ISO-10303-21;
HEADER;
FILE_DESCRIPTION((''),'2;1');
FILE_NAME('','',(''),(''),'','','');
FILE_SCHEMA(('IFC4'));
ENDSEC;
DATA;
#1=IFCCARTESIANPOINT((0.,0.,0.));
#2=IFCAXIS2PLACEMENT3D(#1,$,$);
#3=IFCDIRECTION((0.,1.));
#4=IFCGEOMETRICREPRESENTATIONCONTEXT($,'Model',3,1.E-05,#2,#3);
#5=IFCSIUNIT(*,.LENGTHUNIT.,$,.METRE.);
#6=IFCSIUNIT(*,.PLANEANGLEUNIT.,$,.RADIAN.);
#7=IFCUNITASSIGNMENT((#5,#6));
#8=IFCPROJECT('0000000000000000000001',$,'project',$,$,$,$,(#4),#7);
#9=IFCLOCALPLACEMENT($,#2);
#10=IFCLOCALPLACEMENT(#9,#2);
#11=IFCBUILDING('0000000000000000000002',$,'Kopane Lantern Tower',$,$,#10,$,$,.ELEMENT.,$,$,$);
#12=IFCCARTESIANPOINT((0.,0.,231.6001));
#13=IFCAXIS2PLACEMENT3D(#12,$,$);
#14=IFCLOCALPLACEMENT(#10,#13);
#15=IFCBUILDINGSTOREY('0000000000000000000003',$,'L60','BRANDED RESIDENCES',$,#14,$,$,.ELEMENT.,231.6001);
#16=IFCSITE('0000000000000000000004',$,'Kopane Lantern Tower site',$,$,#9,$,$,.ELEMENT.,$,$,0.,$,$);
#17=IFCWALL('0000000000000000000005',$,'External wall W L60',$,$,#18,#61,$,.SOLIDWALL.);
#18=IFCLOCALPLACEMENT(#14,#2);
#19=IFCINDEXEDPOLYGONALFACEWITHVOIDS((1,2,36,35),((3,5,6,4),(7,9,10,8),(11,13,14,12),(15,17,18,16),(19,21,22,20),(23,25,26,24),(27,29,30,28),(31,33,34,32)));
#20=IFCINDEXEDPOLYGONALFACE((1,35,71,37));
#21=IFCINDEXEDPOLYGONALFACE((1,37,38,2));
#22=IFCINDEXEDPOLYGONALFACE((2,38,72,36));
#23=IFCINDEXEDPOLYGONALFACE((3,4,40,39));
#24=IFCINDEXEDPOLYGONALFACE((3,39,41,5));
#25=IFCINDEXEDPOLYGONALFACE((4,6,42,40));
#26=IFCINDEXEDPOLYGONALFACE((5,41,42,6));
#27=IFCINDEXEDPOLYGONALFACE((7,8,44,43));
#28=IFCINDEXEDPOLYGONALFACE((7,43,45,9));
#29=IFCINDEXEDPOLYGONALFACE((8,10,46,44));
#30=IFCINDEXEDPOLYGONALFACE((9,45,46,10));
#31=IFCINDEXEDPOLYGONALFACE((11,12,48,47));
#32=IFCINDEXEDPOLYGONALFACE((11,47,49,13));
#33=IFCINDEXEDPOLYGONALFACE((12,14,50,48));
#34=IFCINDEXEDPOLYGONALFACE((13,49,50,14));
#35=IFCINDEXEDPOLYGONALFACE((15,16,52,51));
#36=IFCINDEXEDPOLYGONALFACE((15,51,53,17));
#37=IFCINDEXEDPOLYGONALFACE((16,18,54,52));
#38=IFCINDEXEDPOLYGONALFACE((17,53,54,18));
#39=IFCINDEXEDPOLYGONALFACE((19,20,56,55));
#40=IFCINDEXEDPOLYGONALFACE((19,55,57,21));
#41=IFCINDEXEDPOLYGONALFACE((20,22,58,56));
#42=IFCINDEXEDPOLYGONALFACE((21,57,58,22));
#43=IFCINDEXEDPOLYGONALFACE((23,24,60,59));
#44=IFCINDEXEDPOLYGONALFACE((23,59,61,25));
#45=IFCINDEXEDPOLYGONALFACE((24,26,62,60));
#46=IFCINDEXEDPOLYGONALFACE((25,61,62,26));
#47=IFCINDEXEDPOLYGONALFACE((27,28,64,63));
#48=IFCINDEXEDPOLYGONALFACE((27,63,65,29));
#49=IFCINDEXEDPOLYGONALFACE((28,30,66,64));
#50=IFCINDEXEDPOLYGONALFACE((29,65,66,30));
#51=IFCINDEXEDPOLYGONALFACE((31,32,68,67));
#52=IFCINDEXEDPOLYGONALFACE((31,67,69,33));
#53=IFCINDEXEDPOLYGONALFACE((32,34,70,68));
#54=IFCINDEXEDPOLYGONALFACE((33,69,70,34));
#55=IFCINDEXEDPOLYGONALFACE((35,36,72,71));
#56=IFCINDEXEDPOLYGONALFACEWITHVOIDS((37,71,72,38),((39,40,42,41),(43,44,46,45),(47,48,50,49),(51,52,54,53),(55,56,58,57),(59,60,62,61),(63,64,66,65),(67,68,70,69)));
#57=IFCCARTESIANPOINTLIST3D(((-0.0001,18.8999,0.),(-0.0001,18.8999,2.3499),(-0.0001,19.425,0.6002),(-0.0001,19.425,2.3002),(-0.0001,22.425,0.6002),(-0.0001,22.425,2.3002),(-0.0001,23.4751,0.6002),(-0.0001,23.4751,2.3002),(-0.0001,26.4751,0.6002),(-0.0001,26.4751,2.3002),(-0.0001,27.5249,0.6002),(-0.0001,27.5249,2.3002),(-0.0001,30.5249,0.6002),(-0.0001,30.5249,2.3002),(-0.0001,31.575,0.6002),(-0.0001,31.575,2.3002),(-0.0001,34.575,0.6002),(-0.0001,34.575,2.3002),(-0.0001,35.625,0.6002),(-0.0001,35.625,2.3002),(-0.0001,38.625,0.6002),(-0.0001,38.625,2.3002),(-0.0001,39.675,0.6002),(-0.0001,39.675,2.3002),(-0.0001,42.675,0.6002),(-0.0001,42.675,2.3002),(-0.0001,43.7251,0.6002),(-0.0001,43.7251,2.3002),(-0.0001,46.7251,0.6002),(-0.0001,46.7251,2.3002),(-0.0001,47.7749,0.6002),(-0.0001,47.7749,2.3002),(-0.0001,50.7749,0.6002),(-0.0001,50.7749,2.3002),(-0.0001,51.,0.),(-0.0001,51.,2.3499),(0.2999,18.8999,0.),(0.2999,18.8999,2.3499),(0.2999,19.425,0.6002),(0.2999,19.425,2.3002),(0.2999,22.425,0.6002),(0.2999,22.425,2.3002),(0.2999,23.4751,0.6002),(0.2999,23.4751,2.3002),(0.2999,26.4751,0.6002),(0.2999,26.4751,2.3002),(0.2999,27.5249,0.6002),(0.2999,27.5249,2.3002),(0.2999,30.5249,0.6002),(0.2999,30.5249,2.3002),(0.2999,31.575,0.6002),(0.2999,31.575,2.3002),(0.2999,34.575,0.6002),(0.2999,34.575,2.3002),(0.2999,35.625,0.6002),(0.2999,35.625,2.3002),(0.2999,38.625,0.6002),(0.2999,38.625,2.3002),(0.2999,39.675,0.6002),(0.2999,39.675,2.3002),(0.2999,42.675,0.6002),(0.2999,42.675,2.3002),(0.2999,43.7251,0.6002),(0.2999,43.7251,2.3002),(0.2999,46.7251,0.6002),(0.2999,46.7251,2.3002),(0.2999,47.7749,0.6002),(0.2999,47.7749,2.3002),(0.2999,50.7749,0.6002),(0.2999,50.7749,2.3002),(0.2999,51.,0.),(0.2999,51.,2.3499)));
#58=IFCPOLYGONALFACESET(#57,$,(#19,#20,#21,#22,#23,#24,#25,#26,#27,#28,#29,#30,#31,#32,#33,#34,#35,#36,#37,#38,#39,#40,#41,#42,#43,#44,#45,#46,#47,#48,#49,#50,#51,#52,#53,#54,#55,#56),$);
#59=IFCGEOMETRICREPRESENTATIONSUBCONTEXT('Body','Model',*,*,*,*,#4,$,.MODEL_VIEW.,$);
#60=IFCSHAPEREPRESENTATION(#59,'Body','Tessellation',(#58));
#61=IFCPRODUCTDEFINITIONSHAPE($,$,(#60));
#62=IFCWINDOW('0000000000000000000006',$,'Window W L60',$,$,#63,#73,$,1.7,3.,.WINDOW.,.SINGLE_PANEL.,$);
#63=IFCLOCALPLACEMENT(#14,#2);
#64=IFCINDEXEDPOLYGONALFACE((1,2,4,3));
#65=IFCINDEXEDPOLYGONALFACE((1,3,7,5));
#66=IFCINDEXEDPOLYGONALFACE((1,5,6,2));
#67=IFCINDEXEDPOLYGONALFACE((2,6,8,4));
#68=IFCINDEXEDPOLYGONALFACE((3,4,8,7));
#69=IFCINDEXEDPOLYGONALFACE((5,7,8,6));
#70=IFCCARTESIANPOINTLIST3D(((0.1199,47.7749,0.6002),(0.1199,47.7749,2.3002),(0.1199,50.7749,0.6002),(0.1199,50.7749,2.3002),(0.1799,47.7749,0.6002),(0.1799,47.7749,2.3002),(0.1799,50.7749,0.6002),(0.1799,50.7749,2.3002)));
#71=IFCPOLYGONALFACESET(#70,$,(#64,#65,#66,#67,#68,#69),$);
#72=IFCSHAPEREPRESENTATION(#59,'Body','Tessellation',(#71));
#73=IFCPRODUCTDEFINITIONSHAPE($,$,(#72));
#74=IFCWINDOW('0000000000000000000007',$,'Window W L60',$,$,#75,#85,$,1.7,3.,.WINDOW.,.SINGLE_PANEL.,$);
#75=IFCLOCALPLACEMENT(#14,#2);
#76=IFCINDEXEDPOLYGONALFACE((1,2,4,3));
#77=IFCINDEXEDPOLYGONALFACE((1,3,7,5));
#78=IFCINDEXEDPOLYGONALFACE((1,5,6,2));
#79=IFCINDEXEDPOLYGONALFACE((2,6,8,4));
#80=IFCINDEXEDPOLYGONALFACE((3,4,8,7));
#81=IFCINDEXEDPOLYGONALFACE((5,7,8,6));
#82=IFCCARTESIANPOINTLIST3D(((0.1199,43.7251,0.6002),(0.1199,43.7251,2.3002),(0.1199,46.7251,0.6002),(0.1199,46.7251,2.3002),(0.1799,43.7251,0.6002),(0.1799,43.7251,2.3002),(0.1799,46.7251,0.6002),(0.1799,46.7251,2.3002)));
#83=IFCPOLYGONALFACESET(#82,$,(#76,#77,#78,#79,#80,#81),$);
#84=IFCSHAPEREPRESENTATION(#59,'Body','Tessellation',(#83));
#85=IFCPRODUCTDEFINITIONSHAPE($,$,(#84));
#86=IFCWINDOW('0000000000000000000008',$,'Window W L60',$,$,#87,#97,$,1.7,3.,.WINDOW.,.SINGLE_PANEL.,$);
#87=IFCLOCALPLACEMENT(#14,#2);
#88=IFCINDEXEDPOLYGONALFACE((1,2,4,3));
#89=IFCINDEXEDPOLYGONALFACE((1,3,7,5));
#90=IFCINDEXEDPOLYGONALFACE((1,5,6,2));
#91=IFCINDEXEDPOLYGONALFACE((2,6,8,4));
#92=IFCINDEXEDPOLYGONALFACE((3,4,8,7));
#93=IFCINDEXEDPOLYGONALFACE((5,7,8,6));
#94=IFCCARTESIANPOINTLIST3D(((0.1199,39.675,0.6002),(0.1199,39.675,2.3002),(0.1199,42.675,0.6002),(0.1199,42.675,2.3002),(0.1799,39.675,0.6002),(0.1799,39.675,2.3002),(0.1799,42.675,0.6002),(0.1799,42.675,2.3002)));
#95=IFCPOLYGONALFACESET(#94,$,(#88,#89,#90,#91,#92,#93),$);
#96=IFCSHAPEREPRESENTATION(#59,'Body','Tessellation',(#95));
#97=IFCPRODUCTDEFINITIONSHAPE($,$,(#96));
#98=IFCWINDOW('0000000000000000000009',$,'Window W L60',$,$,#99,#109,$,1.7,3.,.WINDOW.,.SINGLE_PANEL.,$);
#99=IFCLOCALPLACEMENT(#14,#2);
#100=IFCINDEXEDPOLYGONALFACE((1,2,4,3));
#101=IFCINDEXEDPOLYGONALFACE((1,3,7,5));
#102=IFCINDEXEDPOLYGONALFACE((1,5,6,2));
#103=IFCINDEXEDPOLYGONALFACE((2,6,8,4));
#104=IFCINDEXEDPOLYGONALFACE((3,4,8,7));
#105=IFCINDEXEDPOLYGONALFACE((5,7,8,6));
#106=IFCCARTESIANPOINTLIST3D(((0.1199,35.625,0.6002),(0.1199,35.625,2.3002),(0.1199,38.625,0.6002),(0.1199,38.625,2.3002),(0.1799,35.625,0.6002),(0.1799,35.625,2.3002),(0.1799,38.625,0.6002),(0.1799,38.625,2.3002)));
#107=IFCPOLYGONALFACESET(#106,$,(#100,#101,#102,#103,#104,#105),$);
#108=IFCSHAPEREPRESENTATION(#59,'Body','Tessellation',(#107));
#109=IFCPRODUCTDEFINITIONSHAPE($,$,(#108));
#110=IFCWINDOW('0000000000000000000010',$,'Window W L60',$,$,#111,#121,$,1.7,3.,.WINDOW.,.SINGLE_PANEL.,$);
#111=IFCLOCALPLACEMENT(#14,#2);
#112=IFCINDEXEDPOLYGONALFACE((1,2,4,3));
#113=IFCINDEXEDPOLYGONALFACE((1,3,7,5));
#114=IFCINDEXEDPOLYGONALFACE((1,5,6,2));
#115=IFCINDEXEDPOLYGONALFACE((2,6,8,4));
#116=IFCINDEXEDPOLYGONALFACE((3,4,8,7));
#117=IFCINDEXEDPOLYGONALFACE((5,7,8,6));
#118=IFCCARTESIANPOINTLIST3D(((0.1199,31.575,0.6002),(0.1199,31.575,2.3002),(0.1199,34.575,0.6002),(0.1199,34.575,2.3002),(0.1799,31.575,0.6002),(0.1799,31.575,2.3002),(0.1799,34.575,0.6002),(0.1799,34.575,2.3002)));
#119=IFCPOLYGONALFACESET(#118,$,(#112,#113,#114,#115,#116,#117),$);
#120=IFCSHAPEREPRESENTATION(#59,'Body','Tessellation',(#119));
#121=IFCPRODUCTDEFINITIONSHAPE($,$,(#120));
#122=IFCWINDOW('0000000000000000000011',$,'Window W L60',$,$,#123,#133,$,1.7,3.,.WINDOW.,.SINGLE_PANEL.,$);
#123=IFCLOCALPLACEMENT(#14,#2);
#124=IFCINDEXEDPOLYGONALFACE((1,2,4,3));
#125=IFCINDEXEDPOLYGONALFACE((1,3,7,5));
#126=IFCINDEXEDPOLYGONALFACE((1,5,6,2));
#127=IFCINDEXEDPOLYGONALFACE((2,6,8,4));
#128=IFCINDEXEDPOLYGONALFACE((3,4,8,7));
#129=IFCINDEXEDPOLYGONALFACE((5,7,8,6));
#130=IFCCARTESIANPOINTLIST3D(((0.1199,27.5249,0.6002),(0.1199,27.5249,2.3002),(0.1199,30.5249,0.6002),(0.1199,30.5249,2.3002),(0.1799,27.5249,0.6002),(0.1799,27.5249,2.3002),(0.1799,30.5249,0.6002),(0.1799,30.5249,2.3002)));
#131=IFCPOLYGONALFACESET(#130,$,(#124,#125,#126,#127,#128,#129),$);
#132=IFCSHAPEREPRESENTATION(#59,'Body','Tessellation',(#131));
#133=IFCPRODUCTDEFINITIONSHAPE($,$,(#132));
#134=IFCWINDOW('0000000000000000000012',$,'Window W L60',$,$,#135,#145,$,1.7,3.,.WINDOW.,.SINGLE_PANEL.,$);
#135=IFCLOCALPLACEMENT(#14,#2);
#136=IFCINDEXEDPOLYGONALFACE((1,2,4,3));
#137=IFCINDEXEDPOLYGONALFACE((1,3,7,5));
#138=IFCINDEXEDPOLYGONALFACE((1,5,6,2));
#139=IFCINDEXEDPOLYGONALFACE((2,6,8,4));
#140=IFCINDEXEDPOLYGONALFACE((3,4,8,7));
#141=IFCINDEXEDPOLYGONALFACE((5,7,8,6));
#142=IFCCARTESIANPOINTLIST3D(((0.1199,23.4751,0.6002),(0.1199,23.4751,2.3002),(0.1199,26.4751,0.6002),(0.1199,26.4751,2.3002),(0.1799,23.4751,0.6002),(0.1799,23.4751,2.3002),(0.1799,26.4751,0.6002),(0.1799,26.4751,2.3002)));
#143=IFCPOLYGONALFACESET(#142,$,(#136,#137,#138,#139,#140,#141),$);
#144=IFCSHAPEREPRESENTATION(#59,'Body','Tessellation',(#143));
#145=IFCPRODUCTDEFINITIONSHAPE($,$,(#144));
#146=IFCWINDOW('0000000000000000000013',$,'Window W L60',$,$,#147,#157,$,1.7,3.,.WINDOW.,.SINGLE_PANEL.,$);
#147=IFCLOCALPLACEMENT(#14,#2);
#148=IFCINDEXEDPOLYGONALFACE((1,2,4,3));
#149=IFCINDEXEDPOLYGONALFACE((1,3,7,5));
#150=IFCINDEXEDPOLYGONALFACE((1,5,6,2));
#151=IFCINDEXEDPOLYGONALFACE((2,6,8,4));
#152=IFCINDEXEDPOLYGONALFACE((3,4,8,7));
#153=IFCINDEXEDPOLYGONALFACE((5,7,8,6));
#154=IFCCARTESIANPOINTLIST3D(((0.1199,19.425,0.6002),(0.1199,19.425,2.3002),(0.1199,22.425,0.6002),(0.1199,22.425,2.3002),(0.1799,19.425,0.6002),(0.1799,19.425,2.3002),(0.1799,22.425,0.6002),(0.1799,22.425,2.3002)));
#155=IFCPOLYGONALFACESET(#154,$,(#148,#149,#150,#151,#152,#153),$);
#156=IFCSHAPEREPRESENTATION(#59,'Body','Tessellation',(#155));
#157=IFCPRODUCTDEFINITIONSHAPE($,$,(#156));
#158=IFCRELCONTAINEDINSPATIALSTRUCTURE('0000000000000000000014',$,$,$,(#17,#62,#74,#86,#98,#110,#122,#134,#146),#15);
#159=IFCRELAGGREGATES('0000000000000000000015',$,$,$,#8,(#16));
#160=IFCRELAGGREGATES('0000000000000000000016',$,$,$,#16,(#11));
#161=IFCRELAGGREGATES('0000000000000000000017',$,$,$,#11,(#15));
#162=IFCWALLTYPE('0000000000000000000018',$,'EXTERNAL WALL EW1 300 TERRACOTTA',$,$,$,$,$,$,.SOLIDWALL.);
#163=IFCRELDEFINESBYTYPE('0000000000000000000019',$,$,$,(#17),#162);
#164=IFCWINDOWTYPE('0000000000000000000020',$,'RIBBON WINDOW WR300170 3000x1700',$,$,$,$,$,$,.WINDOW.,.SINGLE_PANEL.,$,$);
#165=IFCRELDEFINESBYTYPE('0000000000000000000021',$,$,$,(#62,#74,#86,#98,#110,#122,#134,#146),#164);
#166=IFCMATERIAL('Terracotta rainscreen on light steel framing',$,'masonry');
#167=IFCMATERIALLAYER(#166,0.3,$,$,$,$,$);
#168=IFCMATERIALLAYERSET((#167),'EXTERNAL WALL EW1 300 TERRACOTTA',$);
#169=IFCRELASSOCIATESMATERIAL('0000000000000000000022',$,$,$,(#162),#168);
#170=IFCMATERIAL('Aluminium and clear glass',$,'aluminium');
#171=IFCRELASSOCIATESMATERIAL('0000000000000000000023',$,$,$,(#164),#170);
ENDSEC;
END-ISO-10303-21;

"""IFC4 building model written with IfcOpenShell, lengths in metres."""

from ifc_helpers import new_model, si_unit, direction, frame, frame_2d, origin, place, context, subcontext, project, spatial, rectangle, extrude, material, layer, layer_set, type_object, element, fill, save


model = new_model("IFC4")

# Units and contexts
model_context = context("Model", 3, precision=1e-05, world=origin(), true_north=direction((0.0, 1.0)))
body_context = subcontext(model_context, "Body", "Model", "MODEL_VIEW")
ifc_project = project(units=[si_unit("LENGTHUNIT", "METRE"), si_unit("PLANEANGLEUNIT", "RADIAN")], contexts=[model_context])

# Site, building, storey
site_placement = place(None, origin())
site = spatial("IfcSite", under=ifc_project, at=site_placement, Name="Kopane Lantern Tower site", CompositionType="ELEMENT", RefElevation=0.0)
building_placement = place(site_placement, origin())
building = spatial("IfcBuilding", under=site, at=building_placement, Name="Kopane Lantern Tower", CompositionType="ELEMENT")
storey_placement = place(building_placement, frame((0.0, 0.0, 231.6001)))
storey = spatial("IfcBuildingStorey", under=building, at=storey_placement, Name="L60", Description="BRANDED RESIDENCES", CompositionType="ELEMENT", Elevation=231.6001)

# Wall, openings, windows
ifc_material_1 = material(Name="Terracotta rainscreen on light steel framing", Category="masonry")
ifc_layer_1 = layer(ifc_material_1, 0.3)
ifc_layer_set_1 = layer_set([ifc_layer_1], Name="EXTERNAL WALL EW1 300 TERRACOTTA")
wall_type_1 = type_object("IfcWallType", Name="EXTERNAL WALL EW1 300 TERRACOTTA", PredefinedType="SOLIDWALL", material=ifc_layer_set_1)
wall_1_placement = place(storey_placement, frame((0.1499, 51.0, 0.0), z_axis=(0.0, 0.0, 1.0), x_axis=(0.0, -1.0, 0.0)))
wall_1 = element("IfcWall", 1, at=wall_1_placement, inside=storey, type_object=wall_type_1, Name="External wall W L60", PredefinedType="SOLIDWALL", context=body_context, shape_type="SweptSolid", body=[
    extrude(rectangle(XDim=32.1001, YDim=0.3, at=frame_2d((16.05, 0.0))), origin(), (0.0, 0.0, 1.0), 2.3499),
])
opening_1_placement = place(wall_1_placement, frame((0.2251, 0.0, 0.6001)))
opening_1 = element("IfcOpeningElement", 2, at=opening_1_placement, cuts=wall_1, PredefinedType="OPENING", context=body_context, shape_type="SweptSolid", body=[
    extrude(rectangle(XDim=3.0, YDim=1.7, at=frame_2d((1.5, 0.8501))), frame((0.0, 0.1599, 0.0), z_axis=(0.0, -1.0, 0.0), x_axis=(1.0, 0.0, 0.0)), (0.0, 0.0, 1.0), 0.3201),
])
opening_2_placement = place(wall_1_placement, frame((4.2749, 0.0, 0.6001)))
opening_2 = element("IfcOpeningElement", 3, at=opening_2_placement, cuts=wall_1, PredefinedType="OPENING", context=body_context, shape_type="SweptSolid", body=[
    extrude(rectangle(XDim=3.0, YDim=1.7, at=frame_2d((1.5, 0.8501))), frame((0.0, 0.1599, 0.0), z_axis=(0.0, -1.0, 0.0), x_axis=(1.0, 0.0, 0.0)), (0.0, 0.0, 1.0), 0.3201),
])
opening_3_placement = place(wall_1_placement, frame((8.325, 0.0, 0.6001)))
opening_3 = element("IfcOpeningElement", 4, at=opening_3_placement, cuts=wall_1, PredefinedType="OPENING", context=body_context, shape_type="SweptSolid", body=[
    extrude(rectangle(XDim=3.0, YDim=1.7, at=frame_2d((1.5, 0.8501))), frame((0.0, 0.1599, 0.0), z_axis=(0.0, -1.0, 0.0), x_axis=(1.0, 0.0, 0.0)), (0.0, 0.0, 1.0), 0.3201),
])
opening_4_placement = place(wall_1_placement, frame((12.375, 0.0, 0.6001)))
opening_4 = element("IfcOpeningElement", 5, at=opening_4_placement, cuts=wall_1, PredefinedType="OPENING", context=body_context, shape_type="SweptSolid", body=[
    extrude(rectangle(XDim=3.0, YDim=1.7, at=frame_2d((1.5, 0.8501))), frame((0.0, 0.1599, 0.0), z_axis=(0.0, -1.0, 0.0), x_axis=(1.0, 0.0, 0.0)), (0.0, 0.0, 1.0), 0.3201),
])
opening_5_placement = place(wall_1_placement, frame((16.425, 0.0, 0.6001)))
opening_5 = element("IfcOpeningElement", 6, at=opening_5_placement, cuts=wall_1, PredefinedType="OPENING", context=body_context, shape_type="SweptSolid", body=[
    extrude(rectangle(XDim=3.0, YDim=1.7, at=frame_2d((1.5, 0.8501))), frame((0.0, 0.1599, 0.0), z_axis=(0.0, -1.0, 0.0), x_axis=(1.0, 0.0, 0.0)), (0.0, 0.0, 1.0), 0.3201),
])
opening_6_placement = place(wall_1_placement, frame((20.4751, 0.0, 0.6001)))
opening_6 = element("IfcOpeningElement", 7, at=opening_6_placement, cuts=wall_1, PredefinedType="OPENING", context=body_context, shape_type="SweptSolid", body=[
    extrude(rectangle(XDim=3.0, YDim=1.7, at=frame_2d((1.5, 0.8501))), frame((0.0, 0.1599, 0.0), z_axis=(0.0, -1.0, 0.0), x_axis=(1.0, 0.0, 0.0)), (0.0, 0.0, 1.0), 0.3201),
])
opening_7_placement = place(wall_1_placement, frame((24.5249, 0.0, 0.6001)))
opening_7 = element("IfcOpeningElement", 8, at=opening_7_placement, cuts=wall_1, PredefinedType="OPENING", context=body_context, shape_type="SweptSolid", body=[
    extrude(rectangle(XDim=3.0, YDim=1.7, at=frame_2d((1.5, 0.8501))), frame((0.0, 0.1599, 0.0), z_axis=(0.0, -1.0, 0.0), x_axis=(1.0, 0.0, 0.0)), (0.0, 0.0, 1.0), 0.3201),
])
opening_8_placement = place(wall_1_placement, frame((28.575, 0.0, 0.6001)))
opening_8 = element("IfcOpeningElement", 9, at=opening_8_placement, cuts=wall_1, PredefinedType="OPENING", context=body_context, shape_type="SweptSolid", body=[
    extrude(rectangle(XDim=3.0, YDim=1.7, at=frame_2d((1.5, 0.8501))), frame((0.0, 0.1599, 0.0), z_axis=(0.0, -1.0, 0.0), x_axis=(1.0, 0.0, 0.0)), (0.0, 0.0, 1.0), 0.3201),
])
ifc_material_2 = material(Name="Aluminium and clear glass", Category="aluminium")
window_type = type_object("IfcWindowType", Name="RIBBON WINDOW WR300170 3000x1700", PartitioningType="SINGLE_PANEL", PredefinedType="WINDOW", material=ifc_material_2)
window_1_placement = place(opening_1_placement, origin())
window_1 = element("IfcWindow", 10, at=window_1_placement, inside=storey, type_object=window_type, Name="Window W L60", OverallHeight=1.7, OverallWidth=3.0, PartitioningType="SINGLE_PANEL", PredefinedType="WINDOW", context=body_context, shape_type="SweptSolid", body=[
    extrude(rectangle(XDim=3.0, YDim=1.7, at=frame_2d((1.5, 0.8501))), frame((0.0, 0.03, 0.0), z_axis=(0.0, -1.0, 0.0), x_axis=(1.0, 0.0, 0.0)), (0.0, 0.0, 1.0), 0.0601),
])
fill(opening_1, window_1)
window_2_placement = place(opening_2_placement, origin())
window_2 = element("IfcWindow", 11, at=window_2_placement, inside=storey, type_object=window_type, Name="Window W L60", OverallHeight=1.7, OverallWidth=3.0, PartitioningType="SINGLE_PANEL", PredefinedType="WINDOW", context=body_context, shape_type="SweptSolid", body=[
    extrude(rectangle(XDim=3.0, YDim=1.7, at=frame_2d((1.5, 0.8501))), frame((0.0, 0.03, 0.0), z_axis=(0.0, -1.0, 0.0), x_axis=(1.0, 0.0, 0.0)), (0.0, 0.0, 1.0), 0.0601),
])
fill(opening_2, window_2)
window_3_placement = place(opening_3_placement, origin())
window_3 = element("IfcWindow", 12, at=window_3_placement, inside=storey, type_object=window_type, Name="Window W L60", OverallHeight=1.7, OverallWidth=3.0, PartitioningType="SINGLE_PANEL", PredefinedType="WINDOW", context=body_context, shape_type="SweptSolid", body=[
    extrude(rectangle(XDim=3.0, YDim=1.7, at=frame_2d((1.5, 0.8501))), frame((0.0, 0.03, 0.0), z_axis=(0.0, -1.0, 0.0), x_axis=(1.0, 0.0, 0.0)), (0.0, 0.0, 1.0), 0.0601),
])
fill(opening_3, window_3)
window_4_placement = place(opening_4_placement, origin())
window_4 = element("IfcWindow", 13, at=window_4_placement, inside=storey, type_object=window_type, Name="Window W L60", OverallHeight=1.7, OverallWidth=3.0, PartitioningType="SINGLE_PANEL", PredefinedType="WINDOW", context=body_context, shape_type="SweptSolid", body=[
    extrude(rectangle(XDim=3.0, YDim=1.7, at=frame_2d((1.5, 0.8501))), frame((0.0, 0.03, 0.0), z_axis=(0.0, -1.0, 0.0), x_axis=(1.0, 0.0, 0.0)), (0.0, 0.0, 1.0), 0.0601),
])
fill(opening_4, window_4)
window_5_placement = place(opening_5_placement, origin())
window_5 = element("IfcWindow", 14, at=window_5_placement, inside=storey, type_object=window_type, Name="Window W L60", OverallHeight=1.7, OverallWidth=3.0, PartitioningType="SINGLE_PANEL", PredefinedType="WINDOW", context=body_context, shape_type="SweptSolid", body=[
    extrude(rectangle(XDim=3.0, YDim=1.7, at=frame_2d((1.5, 0.8501))), frame((0.0, 0.03, 0.0), z_axis=(0.0, -1.0, 0.0), x_axis=(1.0, 0.0, 0.0)), (0.0, 0.0, 1.0), 0.0601),
])
fill(opening_5, window_5)
window_6_placement = place(opening_6_placement, origin())
window_6 = element("IfcWindow", 15, at=window_6_placement, inside=storey, type_object=window_type, Name="Window W L60", OverallHeight=1.7, OverallWidth=3.0, PartitioningType="SINGLE_PANEL", PredefinedType="WINDOW", context=body_context, shape_type="SweptSolid", body=[
    extrude(rectangle(XDim=3.0, YDim=1.7, at=frame_2d((1.5, 0.8501))), frame((0.0, 0.03, 0.0), z_axis=(0.0, -1.0, 0.0), x_axis=(1.0, 0.0, 0.0)), (0.0, 0.0, 1.0), 0.0601),
])
fill(opening_6, window_6)
window_7_placement = place(opening_7_placement, origin())
window_7 = element("IfcWindow", 16, at=window_7_placement, inside=storey, type_object=window_type, Name="Window W L60", OverallHeight=1.7, OverallWidth=3.0, PartitioningType="SINGLE_PANEL", PredefinedType="WINDOW", context=body_context, shape_type="SweptSolid", body=[
    extrude(rectangle(XDim=3.0, YDim=1.7, at=frame_2d((1.5, 0.8501))), frame((0.0, 0.03, 0.0), z_axis=(0.0, -1.0, 0.0), x_axis=(1.0, 0.0, 0.0)), (0.0, 0.0, 1.0), 0.0601),
])
fill(opening_7, window_7)
window_8_placement = place(opening_8_placement, origin())
window_8 = element("IfcWindow", 17, at=window_8_placement, inside=storey, type_object=window_type, Name="Window W L60", OverallHeight=1.7, OverallWidth=3.0, PartitioningType="SINGLE_PANEL", PredefinedType="WINDOW", context=body_context, shape_type="SweptSolid", body=[
    extrude(rectangle(XDim=3.0, YDim=1.7, at=frame_2d((1.5, 0.8501))), frame((0.0, 0.03, 0.0), z_axis=(0.0, -1.0, 0.0), x_axis=(1.0, 0.0, 0.0)), (0.0, 0.0, 1.0), 0.0601),
])
fill(opening_8, window_8)

save(model, "model.ifc")
